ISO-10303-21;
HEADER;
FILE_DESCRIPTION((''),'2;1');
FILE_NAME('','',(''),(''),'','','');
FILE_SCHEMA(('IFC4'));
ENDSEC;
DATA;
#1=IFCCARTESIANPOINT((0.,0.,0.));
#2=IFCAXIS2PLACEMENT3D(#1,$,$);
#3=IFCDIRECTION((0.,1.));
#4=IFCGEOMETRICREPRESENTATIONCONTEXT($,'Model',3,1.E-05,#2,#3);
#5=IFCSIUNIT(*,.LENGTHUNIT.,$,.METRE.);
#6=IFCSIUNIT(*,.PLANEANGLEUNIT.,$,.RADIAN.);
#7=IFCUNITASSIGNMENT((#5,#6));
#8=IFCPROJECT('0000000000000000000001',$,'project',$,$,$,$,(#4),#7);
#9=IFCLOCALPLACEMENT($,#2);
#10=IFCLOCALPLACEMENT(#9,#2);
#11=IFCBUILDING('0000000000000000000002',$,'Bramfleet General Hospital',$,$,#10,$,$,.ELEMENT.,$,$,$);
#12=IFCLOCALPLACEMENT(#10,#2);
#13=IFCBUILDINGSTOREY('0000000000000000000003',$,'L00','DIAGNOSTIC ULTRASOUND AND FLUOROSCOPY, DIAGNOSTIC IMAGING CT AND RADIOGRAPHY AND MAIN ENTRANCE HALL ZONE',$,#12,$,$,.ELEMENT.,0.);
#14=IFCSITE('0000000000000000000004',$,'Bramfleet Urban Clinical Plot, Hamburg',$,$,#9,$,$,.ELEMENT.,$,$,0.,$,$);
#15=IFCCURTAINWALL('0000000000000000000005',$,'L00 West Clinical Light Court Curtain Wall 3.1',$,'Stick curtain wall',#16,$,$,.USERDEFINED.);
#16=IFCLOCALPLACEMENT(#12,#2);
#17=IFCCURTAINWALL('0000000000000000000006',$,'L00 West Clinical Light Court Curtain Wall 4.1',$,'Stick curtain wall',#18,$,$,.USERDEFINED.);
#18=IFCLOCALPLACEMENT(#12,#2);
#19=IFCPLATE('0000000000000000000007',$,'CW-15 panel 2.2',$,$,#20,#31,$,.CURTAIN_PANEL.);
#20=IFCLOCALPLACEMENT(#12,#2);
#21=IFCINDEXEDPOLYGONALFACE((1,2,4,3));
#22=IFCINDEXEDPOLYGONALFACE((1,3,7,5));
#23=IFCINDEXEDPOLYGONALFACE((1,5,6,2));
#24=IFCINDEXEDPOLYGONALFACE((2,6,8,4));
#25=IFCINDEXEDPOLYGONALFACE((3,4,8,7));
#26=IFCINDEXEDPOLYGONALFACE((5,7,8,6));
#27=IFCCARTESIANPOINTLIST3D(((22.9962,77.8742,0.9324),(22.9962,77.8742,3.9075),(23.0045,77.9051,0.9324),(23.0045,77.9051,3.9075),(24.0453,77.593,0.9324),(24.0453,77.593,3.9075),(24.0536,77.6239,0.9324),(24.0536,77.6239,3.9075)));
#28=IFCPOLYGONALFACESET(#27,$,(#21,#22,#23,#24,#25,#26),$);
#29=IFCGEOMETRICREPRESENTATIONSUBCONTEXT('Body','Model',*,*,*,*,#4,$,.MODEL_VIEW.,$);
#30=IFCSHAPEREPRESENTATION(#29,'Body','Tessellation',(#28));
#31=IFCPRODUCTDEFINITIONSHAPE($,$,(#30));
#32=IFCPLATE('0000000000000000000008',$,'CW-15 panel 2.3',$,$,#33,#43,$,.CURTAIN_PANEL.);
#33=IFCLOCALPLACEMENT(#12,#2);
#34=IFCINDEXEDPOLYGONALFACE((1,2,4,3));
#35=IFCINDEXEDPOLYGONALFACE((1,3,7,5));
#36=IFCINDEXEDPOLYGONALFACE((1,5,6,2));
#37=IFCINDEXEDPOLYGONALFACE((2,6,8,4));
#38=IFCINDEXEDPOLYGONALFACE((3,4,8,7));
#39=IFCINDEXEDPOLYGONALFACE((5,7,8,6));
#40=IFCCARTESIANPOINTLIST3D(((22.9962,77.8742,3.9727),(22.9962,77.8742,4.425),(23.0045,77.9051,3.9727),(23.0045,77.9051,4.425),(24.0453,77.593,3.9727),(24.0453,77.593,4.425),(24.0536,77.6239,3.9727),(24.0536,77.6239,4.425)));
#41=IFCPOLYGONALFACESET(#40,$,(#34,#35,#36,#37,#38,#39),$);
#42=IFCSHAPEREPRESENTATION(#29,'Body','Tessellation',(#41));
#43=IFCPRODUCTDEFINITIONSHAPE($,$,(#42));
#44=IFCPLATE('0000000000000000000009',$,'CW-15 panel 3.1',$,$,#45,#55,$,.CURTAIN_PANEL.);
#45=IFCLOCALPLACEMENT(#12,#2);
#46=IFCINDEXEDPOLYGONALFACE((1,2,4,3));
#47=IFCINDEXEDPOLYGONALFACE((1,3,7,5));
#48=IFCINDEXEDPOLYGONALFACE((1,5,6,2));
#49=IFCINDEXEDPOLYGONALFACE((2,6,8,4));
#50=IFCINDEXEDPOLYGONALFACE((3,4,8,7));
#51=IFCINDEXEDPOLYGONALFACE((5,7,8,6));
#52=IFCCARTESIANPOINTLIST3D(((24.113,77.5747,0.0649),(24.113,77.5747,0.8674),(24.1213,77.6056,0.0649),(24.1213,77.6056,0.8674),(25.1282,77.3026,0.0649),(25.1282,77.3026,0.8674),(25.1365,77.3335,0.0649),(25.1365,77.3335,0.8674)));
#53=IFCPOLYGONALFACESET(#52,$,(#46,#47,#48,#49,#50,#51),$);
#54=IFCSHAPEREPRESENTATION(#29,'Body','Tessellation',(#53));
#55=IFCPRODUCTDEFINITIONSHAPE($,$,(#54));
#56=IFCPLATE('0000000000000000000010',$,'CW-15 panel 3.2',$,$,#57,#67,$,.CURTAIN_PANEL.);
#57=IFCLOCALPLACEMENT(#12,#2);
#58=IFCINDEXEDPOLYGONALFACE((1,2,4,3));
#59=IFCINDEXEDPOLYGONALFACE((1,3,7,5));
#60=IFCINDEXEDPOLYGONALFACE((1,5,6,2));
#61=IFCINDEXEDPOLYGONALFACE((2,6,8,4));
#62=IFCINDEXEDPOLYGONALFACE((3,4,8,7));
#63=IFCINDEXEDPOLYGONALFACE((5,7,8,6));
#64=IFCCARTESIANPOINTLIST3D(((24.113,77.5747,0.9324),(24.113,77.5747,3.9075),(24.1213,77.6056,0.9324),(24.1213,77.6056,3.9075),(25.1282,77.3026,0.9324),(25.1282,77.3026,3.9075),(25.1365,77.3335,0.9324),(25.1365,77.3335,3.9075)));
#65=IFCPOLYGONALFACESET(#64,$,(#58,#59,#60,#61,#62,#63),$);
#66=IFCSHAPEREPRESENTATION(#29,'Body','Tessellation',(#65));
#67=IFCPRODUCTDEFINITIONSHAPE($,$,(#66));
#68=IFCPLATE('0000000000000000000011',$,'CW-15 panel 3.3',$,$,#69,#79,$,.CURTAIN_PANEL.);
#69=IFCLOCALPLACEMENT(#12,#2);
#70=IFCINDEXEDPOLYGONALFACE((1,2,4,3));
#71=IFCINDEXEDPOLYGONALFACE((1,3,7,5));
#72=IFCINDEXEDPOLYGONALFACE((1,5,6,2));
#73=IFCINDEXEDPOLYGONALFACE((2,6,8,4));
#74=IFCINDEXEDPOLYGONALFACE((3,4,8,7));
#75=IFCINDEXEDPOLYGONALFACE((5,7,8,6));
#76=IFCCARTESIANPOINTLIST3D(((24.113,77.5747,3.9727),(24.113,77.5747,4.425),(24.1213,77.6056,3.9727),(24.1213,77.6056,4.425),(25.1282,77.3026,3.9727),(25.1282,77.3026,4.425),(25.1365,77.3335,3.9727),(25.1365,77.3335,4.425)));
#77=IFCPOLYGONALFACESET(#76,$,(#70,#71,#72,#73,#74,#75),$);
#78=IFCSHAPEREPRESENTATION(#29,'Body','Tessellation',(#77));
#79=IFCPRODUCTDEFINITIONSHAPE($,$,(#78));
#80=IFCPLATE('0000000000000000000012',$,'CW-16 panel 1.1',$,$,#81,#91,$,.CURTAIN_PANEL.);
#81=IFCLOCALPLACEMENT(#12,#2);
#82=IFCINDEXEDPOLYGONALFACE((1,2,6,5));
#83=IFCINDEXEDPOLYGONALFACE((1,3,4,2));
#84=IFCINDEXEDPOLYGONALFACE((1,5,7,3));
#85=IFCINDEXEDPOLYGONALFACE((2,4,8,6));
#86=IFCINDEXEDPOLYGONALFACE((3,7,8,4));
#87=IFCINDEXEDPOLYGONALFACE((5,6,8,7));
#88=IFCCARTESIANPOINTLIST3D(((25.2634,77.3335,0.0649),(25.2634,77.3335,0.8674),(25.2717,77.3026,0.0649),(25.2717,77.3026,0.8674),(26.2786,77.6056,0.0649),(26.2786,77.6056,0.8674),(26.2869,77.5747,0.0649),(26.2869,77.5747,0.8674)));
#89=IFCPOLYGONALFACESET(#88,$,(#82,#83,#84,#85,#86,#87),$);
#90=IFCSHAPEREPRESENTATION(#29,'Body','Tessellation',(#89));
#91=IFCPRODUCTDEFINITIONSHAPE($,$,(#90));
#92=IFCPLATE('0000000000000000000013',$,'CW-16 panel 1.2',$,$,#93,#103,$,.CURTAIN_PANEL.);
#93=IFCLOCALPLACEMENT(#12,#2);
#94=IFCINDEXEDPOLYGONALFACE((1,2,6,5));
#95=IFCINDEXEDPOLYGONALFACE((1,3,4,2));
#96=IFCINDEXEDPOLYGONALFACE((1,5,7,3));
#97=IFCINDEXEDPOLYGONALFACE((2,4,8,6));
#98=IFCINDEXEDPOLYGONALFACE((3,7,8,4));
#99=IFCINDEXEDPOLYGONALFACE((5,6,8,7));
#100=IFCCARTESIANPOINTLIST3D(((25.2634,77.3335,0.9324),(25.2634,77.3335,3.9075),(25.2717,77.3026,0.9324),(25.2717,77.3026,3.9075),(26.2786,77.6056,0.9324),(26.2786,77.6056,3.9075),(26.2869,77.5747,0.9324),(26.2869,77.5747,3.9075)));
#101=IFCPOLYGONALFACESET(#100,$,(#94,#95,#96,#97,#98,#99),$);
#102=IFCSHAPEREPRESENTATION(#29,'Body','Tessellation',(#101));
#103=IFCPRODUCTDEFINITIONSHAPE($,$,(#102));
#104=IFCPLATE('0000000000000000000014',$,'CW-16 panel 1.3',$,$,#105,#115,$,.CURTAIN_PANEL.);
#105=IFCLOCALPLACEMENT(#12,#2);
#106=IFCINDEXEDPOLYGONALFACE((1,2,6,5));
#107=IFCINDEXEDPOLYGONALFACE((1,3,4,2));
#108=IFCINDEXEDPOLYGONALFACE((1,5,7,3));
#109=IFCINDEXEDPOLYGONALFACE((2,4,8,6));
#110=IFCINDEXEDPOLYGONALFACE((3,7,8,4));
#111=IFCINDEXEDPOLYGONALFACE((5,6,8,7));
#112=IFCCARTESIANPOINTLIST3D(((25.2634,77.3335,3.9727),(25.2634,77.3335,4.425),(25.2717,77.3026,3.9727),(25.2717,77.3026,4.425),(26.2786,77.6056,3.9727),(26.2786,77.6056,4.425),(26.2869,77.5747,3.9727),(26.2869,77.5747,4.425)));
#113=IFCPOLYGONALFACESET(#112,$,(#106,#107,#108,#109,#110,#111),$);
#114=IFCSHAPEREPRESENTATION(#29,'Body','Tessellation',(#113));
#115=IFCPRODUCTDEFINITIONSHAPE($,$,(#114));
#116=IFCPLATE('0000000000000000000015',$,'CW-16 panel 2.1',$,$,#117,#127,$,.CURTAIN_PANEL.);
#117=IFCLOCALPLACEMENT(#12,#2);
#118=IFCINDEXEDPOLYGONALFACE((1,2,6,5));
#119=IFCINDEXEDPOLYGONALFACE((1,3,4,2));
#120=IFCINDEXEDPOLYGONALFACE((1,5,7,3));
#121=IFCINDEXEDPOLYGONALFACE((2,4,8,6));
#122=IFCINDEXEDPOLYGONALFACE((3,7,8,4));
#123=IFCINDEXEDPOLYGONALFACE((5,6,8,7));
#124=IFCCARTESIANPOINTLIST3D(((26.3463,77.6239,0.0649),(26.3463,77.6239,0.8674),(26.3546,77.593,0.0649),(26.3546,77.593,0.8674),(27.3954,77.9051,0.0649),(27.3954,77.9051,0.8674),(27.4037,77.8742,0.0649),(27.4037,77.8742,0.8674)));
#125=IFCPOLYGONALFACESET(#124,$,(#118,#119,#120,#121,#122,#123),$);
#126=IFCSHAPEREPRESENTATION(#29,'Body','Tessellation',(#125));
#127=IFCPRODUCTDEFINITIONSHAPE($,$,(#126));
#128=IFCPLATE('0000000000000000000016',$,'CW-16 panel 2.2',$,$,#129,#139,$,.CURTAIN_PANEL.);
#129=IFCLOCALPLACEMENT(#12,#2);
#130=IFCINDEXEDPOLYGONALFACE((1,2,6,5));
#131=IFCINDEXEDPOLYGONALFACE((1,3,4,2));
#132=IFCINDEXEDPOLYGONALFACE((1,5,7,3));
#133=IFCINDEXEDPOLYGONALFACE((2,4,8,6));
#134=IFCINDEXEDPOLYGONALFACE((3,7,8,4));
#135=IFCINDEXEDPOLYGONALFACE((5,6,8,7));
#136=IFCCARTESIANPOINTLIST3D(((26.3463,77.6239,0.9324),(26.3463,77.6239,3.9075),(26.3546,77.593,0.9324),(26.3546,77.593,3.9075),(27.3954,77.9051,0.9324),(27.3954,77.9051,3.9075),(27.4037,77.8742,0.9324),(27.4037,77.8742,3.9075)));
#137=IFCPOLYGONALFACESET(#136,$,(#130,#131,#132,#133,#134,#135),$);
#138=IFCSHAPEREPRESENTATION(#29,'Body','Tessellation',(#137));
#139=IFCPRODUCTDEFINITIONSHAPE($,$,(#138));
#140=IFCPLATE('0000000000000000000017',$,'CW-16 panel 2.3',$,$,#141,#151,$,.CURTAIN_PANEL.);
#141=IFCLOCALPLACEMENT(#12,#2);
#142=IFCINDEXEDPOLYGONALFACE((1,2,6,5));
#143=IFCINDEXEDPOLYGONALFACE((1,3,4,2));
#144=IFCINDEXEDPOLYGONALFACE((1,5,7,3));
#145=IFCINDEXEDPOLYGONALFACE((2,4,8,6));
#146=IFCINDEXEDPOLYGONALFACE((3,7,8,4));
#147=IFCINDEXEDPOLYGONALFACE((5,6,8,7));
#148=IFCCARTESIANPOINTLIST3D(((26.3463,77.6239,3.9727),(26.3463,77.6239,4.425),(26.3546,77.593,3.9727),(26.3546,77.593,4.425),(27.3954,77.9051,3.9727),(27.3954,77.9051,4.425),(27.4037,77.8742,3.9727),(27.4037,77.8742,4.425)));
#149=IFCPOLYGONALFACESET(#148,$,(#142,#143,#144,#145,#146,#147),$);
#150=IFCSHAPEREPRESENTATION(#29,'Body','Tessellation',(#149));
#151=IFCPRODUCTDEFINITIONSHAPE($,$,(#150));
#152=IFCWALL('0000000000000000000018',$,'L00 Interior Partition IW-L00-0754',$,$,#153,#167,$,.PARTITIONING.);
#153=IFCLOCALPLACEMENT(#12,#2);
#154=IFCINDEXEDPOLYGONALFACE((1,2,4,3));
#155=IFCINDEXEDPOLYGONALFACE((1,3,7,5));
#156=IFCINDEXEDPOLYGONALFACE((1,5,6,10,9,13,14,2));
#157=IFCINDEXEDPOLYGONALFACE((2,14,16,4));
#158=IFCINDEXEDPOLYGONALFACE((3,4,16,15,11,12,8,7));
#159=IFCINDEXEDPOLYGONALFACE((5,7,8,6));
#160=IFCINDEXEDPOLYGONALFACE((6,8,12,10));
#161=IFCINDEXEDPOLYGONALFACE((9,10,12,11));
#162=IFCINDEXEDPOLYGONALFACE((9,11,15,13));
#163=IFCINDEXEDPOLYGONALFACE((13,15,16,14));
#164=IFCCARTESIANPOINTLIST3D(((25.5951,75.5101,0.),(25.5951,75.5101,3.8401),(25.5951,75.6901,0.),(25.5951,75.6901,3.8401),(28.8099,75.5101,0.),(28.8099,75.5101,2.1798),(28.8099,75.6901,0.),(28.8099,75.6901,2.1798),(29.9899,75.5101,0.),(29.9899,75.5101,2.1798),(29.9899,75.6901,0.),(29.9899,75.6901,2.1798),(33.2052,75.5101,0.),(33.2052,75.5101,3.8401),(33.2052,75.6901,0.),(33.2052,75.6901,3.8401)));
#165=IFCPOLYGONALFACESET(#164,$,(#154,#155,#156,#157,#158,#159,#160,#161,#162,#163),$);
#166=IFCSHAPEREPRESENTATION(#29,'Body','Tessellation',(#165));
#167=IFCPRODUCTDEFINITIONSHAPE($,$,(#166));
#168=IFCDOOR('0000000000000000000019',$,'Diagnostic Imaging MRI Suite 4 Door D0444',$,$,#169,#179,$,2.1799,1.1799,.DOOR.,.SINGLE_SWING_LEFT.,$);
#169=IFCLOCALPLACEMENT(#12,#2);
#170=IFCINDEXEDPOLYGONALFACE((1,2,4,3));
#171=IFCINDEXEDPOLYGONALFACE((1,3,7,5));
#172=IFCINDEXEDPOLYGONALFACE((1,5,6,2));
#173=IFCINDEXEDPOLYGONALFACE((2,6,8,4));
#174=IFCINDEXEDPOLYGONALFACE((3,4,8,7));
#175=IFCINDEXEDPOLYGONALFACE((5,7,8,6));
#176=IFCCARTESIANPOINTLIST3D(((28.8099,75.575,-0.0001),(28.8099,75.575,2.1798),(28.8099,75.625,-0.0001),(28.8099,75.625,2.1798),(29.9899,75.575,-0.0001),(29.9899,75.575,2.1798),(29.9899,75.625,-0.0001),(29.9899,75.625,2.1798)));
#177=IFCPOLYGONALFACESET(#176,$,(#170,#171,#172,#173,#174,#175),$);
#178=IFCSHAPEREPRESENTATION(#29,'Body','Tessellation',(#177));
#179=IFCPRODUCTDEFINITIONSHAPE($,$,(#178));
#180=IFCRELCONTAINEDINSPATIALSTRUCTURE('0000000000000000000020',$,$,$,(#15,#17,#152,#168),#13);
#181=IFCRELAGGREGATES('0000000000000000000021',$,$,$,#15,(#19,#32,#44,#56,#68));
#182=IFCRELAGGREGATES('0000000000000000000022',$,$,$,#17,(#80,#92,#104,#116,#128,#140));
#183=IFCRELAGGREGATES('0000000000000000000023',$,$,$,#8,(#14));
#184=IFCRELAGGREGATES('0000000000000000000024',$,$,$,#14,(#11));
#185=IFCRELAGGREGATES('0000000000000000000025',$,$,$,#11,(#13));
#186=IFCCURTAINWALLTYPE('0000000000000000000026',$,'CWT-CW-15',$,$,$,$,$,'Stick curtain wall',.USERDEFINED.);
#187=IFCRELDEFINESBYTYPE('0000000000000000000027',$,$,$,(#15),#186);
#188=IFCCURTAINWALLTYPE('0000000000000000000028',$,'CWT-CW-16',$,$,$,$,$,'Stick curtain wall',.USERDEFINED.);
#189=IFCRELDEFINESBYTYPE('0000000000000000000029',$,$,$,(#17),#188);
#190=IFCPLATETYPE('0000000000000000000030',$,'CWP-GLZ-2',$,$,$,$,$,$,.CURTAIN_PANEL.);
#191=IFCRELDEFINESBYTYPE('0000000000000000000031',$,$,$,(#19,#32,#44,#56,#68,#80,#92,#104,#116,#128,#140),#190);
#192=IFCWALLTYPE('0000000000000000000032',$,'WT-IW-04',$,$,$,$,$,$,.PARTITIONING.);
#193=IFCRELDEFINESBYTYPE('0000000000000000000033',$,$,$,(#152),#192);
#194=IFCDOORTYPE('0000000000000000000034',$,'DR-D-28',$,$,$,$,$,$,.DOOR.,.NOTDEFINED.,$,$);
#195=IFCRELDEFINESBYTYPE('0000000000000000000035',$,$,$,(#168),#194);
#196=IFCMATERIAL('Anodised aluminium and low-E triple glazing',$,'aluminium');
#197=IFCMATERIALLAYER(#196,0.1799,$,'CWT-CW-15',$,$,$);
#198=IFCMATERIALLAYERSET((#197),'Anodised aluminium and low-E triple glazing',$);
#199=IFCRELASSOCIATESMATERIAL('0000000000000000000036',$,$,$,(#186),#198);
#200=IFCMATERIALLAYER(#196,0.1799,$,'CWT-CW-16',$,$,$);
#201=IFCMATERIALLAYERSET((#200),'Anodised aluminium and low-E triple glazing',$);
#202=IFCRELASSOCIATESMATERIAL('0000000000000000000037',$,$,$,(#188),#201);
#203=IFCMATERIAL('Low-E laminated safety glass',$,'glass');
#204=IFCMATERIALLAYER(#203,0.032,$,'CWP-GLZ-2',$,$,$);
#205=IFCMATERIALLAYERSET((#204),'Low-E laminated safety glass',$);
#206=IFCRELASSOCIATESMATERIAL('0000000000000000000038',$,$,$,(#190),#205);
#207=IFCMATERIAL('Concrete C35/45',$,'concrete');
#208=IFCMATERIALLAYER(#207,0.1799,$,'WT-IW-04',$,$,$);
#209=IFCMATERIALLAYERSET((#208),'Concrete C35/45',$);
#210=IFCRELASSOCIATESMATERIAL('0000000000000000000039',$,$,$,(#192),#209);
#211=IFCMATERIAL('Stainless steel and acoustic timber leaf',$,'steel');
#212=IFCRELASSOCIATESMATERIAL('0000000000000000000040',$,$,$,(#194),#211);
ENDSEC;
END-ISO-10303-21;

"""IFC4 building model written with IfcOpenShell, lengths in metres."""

from ifc_helpers import new_model, si_unit, direction, frame, frame_2d, origin, origin_2d, place, context, subcontext, project, spatial, rectangle, extrude, material, layer, layer_set, type_object, element, fill, aggregate, save


model = new_model("IFC4")

# Units and contexts
model_context = context("Model", 3, precision=1e-05, world=origin(), true_north=direction((0.0, 1.0)))
body_context = subcontext(model_context, "Body", "Model", "MODEL_VIEW")
ifc_project = project(units=[si_unit("LENGTHUNIT", "METRE"), si_unit("PLANEANGLEUNIT", "RADIAN")], contexts=[model_context])

# Site, building, storey
site_placement = place(None, origin())
site = spatial("IfcSite", under=ifc_project, at=site_placement, Name="Bramfleet Urban Clinical Plot, Hamburg", CompositionType="ELEMENT", RefElevation=0.0)
building_placement = place(site_placement, origin())
building = spatial("IfcBuilding", under=site, at=building_placement, Name="Bramfleet General Hospital", CompositionType="ELEMENT")
storey_placement = place(building_placement, origin())
storey = spatial("IfcBuildingStorey", under=building, at=storey_placement, Name="L00", Description="DIAGNOSTIC ULTRASOUND AND FLUOROSCOPY, DIAGNOSTIC IMAGING CT AND RADIOGRAPHY AND MAIN ENTRANCE HALL ZONE", CompositionType="ELEMENT", Elevation=0.0)

# Shared definitions
ifc_material_1 = material(Name="Concrete C35/45", Category="concrete")

# Curtain walls
ifc_material_2 = material(Name="Anodised aluminium and low-E triple glazing", Category="aluminium")
ifc_layer_1 = layer(ifc_material_2, 0.1799, Name="CWT-CW-15")
ifc_layer_set_1 = layer_set([ifc_layer_1], Name="Anodised aluminium and low-E triple glazing")
curtain_wall_type_1 = type_object("IfcCurtainWallType", Name="CWT-CW-15", ElementType="Stick curtain wall", PredefinedType="USERDEFINED", material=ifc_layer_set_1)
curtain_wall_1_placement = place(storey_placement, origin())
curtain_wall_1 = element("IfcCurtainWall", 1, at=curtain_wall_1_placement, inside=storey, type_object=curtain_wall_type_1, Name="L00 West Clinical Light Court Curtain Wall 3.1", ObjectType="Stick curtain wall", PredefinedType="USERDEFINED")
ifc_layer_2 = layer(ifc_material_2, 0.1799, Name="CWT-CW-16")
ifc_layer_set_2 = layer_set([ifc_layer_2], Name="Anodised aluminium and low-E triple glazing")
curtain_wall_type_2 = type_object("IfcCurtainWallType", Name="CWT-CW-16", ElementType="Stick curtain wall", PredefinedType="USERDEFINED", material=ifc_layer_set_2)
curtain_wall_2_placement = place(storey_placement, origin())
curtain_wall_2 = element("IfcCurtainWall", 2, at=curtain_wall_2_placement, inside=storey, type_object=curtain_wall_type_2, Name="L00 West Clinical Light Court Curtain Wall 4.1", ObjectType="Stick curtain wall", PredefinedType="USERDEFINED")

# Plates
ifc_material_3 = material(Name="Low-E laminated safety glass", Category="glass")
ifc_layer_3 = layer(ifc_material_3, 0.032, Name="CWP-GLZ-2")
ifc_layer_set_3 = layer_set([ifc_layer_3], Name="Low-E laminated safety glass")
plate_type = type_object("IfcPlateType", Name="CWP-GLZ-2", PredefinedType="CURTAIN_PANEL", material=ifc_layer_set_3)
plate_1_placement = place(storey_placement, frame((23.5249, 77.749, 0.9324), z_axis=(0.0, 0.0, 1.0), x_axis=(0.965899, -0.258919, 0.0)))
plate_1 = element("IfcPlate", 3, at=plate_1_placement, type_object=plate_type, Name="CW-15 panel 2.2", PredefinedType="CURTAIN_PANEL", context=body_context, shape_type="SweptSolid", body=[
    extrude(rectangle(XDim=1.0862, YDim=0.032, at=origin_2d()), origin(), (0.0, 0.0, 1.0), 2.9751),
])
plate_2_placement = place(storey_placement, frame((23.5249, 77.749, 3.9727), z_axis=(0.0, 0.0, 1.0), x_axis=(0.965899, -0.258919, 0.0)))
plate_2 = element("IfcPlate", 4, at=plate_2_placement, type_object=plate_type, Name="CW-15 panel 2.3", PredefinedType="CURTAIN_PANEL", context=body_context, shape_type="SweptSolid", body=[
    extrude(rectangle(XDim=1.0862, YDim=0.032, at=origin_2d()), origin(), (0.0, 0.0, 1.0), 0.4524),
])
plate_3_placement = place(storey_placement, frame((24.6248, 77.4541, 0.0649), z_axis=(0.0, 0.0, 1.0), x_axis=(0.965899, -0.258919, 0.0)))
plate_3 = element("IfcPlate", 5, at=plate_3_placement, type_object=plate_type, Name="CW-15 panel 3.1", PredefinedType="CURTAIN_PANEL", context=body_context, shape_type="SweptSolid", body=[
    extrude(rectangle(XDim=1.051, YDim=0.032, at=origin_2d()), origin(), (0.0, 0.0, 1.0), 0.8025),
])
plate_4_placement = place(storey_placement, frame((24.6248, 77.4541, 0.9324), z_axis=(0.0, 0.0, 1.0), x_axis=(0.965899, -0.258919, 0.0)))
plate_4 = element("IfcPlate", 6, at=plate_4_placement, type_object=plate_type, Name="CW-15 panel 3.2", PredefinedType="CURTAIN_PANEL", context=body_context, shape_type="SweptSolid", body=[
    extrude(rectangle(XDim=1.051, YDim=0.032, at=origin_2d()), origin(), (0.0, 0.0, 1.0), 2.9751),
])
plate_5_placement = place(storey_placement, frame((24.6248, 77.4541, 3.9727), z_axis=(0.0, 0.0, 1.0), x_axis=(0.965899, -0.258919, 0.0)))
plate_5 = element("IfcPlate", 7, at=plate_5_placement, type_object=plate_type, Name="CW-15 panel 3.3", PredefinedType="CURTAIN_PANEL", context=body_context, shape_type="SweptSolid", body=[
    extrude(rectangle(XDim=1.051, YDim=0.032, at=origin_2d()), origin(), (0.0, 0.0, 1.0), 0.4524),
])
aggregate(curtain_wall_1, [plate_1, plate_2, plate_3, plate_4, plate_5])
plate_6_placement = place(storey_placement, frame((25.7751, 77.4541, 0.0649), z_axis=(0.0, 0.0, 1.0), x_axis=(0.965899, 0.258919, 0.0)))
plate_6 = element("IfcPlate", 8, at=plate_6_placement, type_object=plate_type, Name="CW-16 panel 1.1", PredefinedType="CURTAIN_PANEL", context=body_context, shape_type="SweptSolid", body=[
    extrude(rectangle(XDim=1.051, YDim=0.032, at=origin_2d()), origin(), (0.0, 0.0, 1.0), 0.8025),
])
plate_7_placement = place(storey_placement, frame((25.7751, 77.4541, 0.9324), z_axis=(0.0, 0.0, 1.0), x_axis=(0.965899, 0.258919, 0.0)))
plate_7 = element("IfcPlate", 9, at=plate_7_placement, type_object=plate_type, Name="CW-16 panel 1.2", PredefinedType="CURTAIN_PANEL", context=body_context, shape_type="SweptSolid", body=[
    extrude(rectangle(XDim=1.051, YDim=0.032, at=origin_2d()), origin(), (0.0, 0.0, 1.0), 2.9751),
])
plate_8_placement = place(storey_placement, frame((25.7751, 77.4541, 3.9727), z_axis=(0.0, 0.0, 1.0), x_axis=(0.965899, 0.258919, 0.0)))
plate_8 = element("IfcPlate", 10, at=plate_8_placement, type_object=plate_type, Name="CW-16 panel 1.3", PredefinedType="CURTAIN_PANEL", context=body_context, shape_type="SweptSolid", body=[
    extrude(rectangle(XDim=1.051, YDim=0.032, at=origin_2d()), origin(), (0.0, 0.0, 1.0), 0.4524),
])
plate_9_placement = place(storey_placement, frame((26.875, 77.749, 0.0649), z_axis=(0.0, 0.0, 1.0), x_axis=(0.965899, 0.258919, 0.0)))
plate_9 = element("IfcPlate", 11, at=plate_9_placement, type_object=plate_type, Name="CW-16 panel 2.1", PredefinedType="CURTAIN_PANEL", context=body_context, shape_type="SweptSolid", body=[
    extrude(rectangle(XDim=1.0862, YDim=0.032, at=origin_2d()), origin(), (0.0, 0.0, 1.0), 0.8025),
])
plate_10_placement = place(storey_placement, frame((26.875, 77.749, 0.9324), z_axis=(0.0, 0.0, 1.0), x_axis=(0.965899, 0.258919, 0.0)))
plate_10 = element("IfcPlate", 12, at=plate_10_placement, type_object=plate_type, Name="CW-16 panel 2.2", PredefinedType="CURTAIN_PANEL", context=body_context, shape_type="SweptSolid", body=[
    extrude(rectangle(XDim=1.0862, YDim=0.032, at=origin_2d()), origin(), (0.0, 0.0, 1.0), 2.9751),
])
plate_11_placement = place(storey_placement, frame((26.875, 77.749, 3.9727), z_axis=(0.0, 0.0, 1.0), x_axis=(0.965899, 0.258919, 0.0)))
plate_11 = element("IfcPlate", 13, at=plate_11_placement, type_object=plate_type, Name="CW-16 panel 2.3", PredefinedType="CURTAIN_PANEL", context=body_context, shape_type="SweptSolid", body=[
    extrude(rectangle(XDim=1.0862, YDim=0.032, at=origin_2d()), origin(), (0.0, 0.0, 1.0), 0.4524),
])
aggregate(curtain_wall_2, [plate_6, plate_7, plate_8, plate_9, plate_10, plate_11])

# Wall, opening, door
ifc_layer_4 = layer(ifc_material_1, 0.1799, Name="WT-IW-04")
ifc_layer_set_4 = layer_set([ifc_layer_4], Name="Concrete C35/45")
wall_type = type_object("IfcWallType", Name="WT-IW-04", PredefinedType="PARTITIONING", material=ifc_layer_set_4)
wall_placement = place(storey_placement, frame((25.595, 75.6001, 0.0), z_axis=(0.0, 0.0, 1.0), x_axis=(1.0, 0.0, 0.0)))
wall = element("IfcWall", 14, at=wall_placement, inside=storey, type_object=wall_type, Name="L00 Interior Partition IW-L00-0754", PredefinedType="PARTITIONING", context=body_context, shape_type="SweptSolid", body=[
    extrude(rectangle(XDim=7.6101, YDim=0.1799, at=frame_2d((3.8052, 0.0))), origin(), (0.0, 0.0, 1.0), 3.8401),
])
opening_placement = place(wall_placement, frame((3.2151, 0.0, 0.0)))
opening = element("IfcOpeningElement", 15, at=opening_placement, cuts=wall, PredefinedType="OPENING", context=body_context, shape_type="SweptSolid", body=[
    extrude(rectangle(XDim=1.1799, YDim=2.1799, at=frame_2d((0.5898, 1.0898))), frame((0.0, 0.0999, 0.0), z_axis=(0.0, -1.0, 0.0), x_axis=(1.0, 0.0, 0.0)), (0.0, 0.0, 1.0), 0.2),
])
ifc_material_4 = material(Name="Stainless steel and acoustic timber leaf", Category="steel")
door_type = type_object("IfcDoorType", Name="DR-D-28", OperationType="NOTDEFINED", PredefinedType="DOOR", material=ifc_material_4)
door_placement = place(opening_placement, origin())
door = element("IfcDoor", 16, at=door_placement, inside=storey, type_object=door_type, Name="Diagnostic Imaging MRI Suite 4 Door D0444", OperationType="SINGLE_SWING_LEFT", OverallHeight=2.1799, OverallWidth=1.1799, PredefinedType="DOOR", context=body_context, shape_type="SweptSolid", body=[
    extrude(rectangle(XDim=1.1799, YDim=2.1799, at=frame_2d((0.5898, 1.0898))), frame((0.0, 0.0249, 0.0), z_axis=(0.0, -1.0, 0.0), x_axis=(1.0, 0.0, 0.0)), (0.0, 0.0, 1.0), 0.05),
])
fill(opening, door)

save(model, "model.ifc")
